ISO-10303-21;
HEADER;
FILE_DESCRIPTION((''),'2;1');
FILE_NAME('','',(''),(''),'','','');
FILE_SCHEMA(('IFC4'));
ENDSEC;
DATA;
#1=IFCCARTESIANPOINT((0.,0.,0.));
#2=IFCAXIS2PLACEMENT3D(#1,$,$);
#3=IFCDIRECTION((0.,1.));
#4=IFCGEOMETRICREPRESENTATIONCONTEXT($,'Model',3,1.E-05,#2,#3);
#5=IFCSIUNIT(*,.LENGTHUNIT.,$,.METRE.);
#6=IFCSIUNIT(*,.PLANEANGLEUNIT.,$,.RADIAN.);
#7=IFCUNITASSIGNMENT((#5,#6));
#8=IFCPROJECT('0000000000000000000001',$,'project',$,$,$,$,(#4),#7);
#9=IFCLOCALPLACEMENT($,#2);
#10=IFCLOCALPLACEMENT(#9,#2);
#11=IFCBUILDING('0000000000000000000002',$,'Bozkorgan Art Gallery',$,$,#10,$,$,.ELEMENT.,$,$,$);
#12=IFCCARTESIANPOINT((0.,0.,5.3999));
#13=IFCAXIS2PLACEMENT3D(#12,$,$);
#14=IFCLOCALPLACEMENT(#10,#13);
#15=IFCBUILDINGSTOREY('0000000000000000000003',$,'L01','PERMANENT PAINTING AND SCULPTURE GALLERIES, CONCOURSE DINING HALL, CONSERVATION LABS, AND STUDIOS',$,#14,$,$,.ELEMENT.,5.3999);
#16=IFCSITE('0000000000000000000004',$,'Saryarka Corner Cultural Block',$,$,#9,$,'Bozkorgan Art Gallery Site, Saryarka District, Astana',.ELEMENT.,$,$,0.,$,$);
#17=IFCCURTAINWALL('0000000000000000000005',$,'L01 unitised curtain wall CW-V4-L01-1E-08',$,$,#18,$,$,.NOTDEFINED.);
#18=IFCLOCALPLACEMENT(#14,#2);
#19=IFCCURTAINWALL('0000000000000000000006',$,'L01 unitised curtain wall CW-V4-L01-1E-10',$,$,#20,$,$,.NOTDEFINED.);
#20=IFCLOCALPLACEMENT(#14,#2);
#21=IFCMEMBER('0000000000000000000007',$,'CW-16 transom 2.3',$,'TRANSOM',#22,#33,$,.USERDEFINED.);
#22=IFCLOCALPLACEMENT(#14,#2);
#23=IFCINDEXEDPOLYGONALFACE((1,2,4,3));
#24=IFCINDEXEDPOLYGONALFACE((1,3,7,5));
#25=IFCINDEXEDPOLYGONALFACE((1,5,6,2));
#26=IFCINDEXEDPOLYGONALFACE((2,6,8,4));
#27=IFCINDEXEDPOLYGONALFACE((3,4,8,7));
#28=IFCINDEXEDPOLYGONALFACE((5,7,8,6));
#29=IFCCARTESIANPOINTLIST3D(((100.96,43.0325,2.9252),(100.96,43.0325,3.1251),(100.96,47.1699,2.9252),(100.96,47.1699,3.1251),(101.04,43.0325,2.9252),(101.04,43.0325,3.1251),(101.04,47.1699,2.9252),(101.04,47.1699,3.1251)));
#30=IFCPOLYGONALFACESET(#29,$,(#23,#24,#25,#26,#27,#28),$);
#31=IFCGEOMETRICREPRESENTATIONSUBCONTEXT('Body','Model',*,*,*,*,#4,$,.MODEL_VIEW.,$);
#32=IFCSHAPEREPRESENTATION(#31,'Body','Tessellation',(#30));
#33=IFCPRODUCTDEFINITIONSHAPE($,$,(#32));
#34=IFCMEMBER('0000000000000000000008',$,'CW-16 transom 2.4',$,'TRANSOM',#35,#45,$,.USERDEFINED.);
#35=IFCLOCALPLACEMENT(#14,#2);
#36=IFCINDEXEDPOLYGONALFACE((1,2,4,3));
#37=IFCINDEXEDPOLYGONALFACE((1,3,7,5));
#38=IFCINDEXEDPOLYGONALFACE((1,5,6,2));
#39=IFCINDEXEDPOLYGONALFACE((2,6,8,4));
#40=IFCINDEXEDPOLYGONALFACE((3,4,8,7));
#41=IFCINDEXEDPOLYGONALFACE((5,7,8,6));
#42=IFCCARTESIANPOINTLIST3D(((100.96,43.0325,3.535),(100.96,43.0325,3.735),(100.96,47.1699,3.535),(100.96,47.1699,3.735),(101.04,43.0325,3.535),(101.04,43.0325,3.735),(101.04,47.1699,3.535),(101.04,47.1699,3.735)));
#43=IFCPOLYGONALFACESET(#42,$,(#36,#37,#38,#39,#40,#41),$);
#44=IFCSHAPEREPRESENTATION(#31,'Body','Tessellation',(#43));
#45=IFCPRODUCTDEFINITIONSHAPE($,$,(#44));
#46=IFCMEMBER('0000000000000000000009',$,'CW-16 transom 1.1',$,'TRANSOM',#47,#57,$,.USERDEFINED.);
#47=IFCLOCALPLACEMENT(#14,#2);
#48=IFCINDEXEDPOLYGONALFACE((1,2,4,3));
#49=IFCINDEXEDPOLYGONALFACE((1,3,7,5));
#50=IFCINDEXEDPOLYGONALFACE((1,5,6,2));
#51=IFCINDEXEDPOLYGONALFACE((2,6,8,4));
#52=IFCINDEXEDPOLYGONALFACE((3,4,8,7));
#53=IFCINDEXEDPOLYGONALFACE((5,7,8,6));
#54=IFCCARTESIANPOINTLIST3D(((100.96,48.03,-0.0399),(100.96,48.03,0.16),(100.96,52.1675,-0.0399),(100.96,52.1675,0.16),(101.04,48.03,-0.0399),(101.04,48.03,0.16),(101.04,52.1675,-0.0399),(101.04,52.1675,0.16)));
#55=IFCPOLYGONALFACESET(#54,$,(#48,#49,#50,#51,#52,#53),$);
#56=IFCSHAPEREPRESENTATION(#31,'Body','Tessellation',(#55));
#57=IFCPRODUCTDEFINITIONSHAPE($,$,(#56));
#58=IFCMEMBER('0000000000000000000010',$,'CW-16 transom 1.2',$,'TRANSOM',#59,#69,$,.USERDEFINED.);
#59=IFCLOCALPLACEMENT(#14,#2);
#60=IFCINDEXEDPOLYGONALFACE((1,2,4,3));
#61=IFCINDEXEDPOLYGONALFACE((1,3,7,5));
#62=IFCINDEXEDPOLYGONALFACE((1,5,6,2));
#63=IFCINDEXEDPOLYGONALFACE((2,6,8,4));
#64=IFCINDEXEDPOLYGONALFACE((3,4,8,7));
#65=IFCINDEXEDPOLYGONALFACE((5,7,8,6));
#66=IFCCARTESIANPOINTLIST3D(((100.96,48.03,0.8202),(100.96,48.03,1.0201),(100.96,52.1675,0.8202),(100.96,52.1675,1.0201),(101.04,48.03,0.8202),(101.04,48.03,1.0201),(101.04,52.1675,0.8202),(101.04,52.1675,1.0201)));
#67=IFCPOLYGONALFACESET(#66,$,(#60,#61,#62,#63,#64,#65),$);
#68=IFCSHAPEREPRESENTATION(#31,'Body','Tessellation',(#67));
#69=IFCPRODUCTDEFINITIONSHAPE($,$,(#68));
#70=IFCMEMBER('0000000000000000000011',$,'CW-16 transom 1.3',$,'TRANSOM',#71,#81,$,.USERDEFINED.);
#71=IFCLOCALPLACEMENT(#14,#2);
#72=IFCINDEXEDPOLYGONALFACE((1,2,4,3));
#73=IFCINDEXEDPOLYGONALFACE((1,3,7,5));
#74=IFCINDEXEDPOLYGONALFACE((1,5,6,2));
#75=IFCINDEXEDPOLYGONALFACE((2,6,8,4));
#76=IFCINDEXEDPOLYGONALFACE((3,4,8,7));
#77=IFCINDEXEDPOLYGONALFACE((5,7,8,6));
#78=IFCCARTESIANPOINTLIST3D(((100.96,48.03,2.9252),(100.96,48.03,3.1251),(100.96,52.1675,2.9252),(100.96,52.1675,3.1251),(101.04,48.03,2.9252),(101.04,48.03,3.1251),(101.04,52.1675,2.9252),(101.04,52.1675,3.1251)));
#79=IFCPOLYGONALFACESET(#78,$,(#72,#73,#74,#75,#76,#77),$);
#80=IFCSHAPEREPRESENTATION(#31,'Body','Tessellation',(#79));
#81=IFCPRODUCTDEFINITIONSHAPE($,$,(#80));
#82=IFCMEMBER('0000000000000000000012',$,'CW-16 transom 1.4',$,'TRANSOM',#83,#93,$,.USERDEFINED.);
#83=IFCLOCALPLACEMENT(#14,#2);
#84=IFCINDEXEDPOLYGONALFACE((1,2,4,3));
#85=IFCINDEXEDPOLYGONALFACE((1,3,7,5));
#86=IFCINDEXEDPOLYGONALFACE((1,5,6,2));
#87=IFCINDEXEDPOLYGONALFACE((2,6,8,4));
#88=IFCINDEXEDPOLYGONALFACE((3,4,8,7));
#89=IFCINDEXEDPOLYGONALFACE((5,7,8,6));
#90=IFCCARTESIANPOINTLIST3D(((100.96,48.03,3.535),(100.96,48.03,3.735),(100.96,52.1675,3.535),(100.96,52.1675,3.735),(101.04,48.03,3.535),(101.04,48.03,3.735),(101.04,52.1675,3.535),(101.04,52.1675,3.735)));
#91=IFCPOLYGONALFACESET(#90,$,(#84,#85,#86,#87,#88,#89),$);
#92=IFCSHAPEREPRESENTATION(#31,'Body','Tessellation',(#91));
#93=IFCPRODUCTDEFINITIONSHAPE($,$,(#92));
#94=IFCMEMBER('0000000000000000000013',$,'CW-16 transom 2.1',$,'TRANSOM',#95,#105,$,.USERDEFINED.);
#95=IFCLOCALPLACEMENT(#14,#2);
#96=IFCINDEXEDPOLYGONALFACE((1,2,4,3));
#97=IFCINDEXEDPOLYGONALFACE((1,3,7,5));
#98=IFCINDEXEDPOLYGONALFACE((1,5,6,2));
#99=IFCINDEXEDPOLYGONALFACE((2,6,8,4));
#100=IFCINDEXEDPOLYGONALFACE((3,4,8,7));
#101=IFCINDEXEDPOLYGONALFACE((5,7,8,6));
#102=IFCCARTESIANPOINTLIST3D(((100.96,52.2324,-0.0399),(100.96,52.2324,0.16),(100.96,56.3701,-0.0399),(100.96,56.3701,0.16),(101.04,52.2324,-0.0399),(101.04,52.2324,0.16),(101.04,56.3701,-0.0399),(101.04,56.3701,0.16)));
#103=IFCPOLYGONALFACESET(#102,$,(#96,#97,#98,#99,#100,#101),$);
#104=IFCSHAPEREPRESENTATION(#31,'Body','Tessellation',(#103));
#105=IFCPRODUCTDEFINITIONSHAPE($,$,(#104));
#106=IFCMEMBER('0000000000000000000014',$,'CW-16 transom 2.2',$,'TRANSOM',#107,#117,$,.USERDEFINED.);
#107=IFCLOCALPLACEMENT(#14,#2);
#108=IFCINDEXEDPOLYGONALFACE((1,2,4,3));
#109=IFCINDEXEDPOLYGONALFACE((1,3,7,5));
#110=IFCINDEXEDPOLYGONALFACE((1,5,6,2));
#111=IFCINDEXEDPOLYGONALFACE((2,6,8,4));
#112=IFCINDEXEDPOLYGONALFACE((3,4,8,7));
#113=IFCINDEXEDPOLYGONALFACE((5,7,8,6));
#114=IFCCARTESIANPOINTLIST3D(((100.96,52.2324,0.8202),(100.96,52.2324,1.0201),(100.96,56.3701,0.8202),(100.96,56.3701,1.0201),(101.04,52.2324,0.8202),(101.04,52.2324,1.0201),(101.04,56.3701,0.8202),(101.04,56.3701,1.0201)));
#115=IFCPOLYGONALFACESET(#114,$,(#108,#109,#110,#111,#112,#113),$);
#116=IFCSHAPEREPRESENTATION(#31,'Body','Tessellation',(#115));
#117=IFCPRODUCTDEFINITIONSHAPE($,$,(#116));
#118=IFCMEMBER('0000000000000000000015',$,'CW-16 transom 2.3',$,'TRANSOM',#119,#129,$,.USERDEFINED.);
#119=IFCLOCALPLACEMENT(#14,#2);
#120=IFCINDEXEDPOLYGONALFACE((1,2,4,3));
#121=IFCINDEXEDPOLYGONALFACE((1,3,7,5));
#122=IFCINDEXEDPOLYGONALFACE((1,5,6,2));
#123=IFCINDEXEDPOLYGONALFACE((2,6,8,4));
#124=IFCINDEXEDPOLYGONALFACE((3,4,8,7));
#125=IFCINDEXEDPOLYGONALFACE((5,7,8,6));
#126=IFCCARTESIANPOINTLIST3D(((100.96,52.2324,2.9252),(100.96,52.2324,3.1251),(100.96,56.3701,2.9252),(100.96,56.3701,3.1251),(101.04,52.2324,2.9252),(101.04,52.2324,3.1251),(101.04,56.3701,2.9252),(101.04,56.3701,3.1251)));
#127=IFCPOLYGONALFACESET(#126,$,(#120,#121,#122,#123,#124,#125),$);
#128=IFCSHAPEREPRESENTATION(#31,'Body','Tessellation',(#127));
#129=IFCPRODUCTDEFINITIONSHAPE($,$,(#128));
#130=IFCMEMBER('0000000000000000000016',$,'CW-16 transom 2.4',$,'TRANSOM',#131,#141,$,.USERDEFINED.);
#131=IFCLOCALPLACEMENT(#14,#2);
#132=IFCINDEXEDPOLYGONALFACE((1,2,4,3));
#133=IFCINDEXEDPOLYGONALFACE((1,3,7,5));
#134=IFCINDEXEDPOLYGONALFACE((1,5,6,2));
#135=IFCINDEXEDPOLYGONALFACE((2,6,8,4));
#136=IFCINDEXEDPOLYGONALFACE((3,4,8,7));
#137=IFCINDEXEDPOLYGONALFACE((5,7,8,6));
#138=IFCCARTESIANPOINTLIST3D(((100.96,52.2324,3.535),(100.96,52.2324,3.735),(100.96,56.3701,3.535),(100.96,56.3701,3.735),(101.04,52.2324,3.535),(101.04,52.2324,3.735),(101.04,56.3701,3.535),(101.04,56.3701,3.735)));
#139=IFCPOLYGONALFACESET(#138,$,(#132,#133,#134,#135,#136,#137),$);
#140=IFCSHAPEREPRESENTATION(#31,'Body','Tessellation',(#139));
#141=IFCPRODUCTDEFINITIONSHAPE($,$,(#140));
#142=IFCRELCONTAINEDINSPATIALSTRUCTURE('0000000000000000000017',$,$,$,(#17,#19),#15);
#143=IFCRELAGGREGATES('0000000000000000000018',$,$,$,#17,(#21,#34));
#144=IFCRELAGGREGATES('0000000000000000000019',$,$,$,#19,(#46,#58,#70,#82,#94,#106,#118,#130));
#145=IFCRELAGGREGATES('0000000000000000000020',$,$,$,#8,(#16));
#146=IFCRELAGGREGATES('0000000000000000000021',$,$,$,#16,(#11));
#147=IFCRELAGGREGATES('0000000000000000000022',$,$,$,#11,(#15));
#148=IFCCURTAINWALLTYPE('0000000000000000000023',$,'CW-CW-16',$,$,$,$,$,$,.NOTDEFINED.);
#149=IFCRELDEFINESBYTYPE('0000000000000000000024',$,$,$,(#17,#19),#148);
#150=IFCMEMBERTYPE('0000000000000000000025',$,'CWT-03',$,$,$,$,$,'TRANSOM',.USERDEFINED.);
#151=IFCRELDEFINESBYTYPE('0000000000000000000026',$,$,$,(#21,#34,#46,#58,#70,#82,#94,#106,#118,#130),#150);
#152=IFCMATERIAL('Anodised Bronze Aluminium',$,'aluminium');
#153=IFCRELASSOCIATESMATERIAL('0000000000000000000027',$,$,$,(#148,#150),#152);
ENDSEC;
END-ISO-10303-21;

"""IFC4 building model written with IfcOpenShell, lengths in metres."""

from ifc_helpers import new_model, si_unit, direction, frame, origin, origin_2d, place, context, subcontext, project, spatial, rectangle, extrude, material, material_profile, profile_set, type_object, element, aggregate, save


model = new_model("IFC4")

# Units and contexts
model_context = context("Model", 3, precision=1e-05, world=origin(), true_north=direction((0.0, 1.0)))
body_context = subcontext(model_context, "Body", "Model", "MODEL_VIEW")
ifc_project = project(units=[si_unit("LENGTHUNIT", "METRE"), si_unit("PLANEANGLEUNIT", "RADIAN")], contexts=[model_context])

# Site, building, storey
site_placement = place(None, origin())
site = spatial("IfcSite", under=ifc_project, at=site_placement, Name="Saryarka Corner Cultural Block", LongName="Bozkorgan Art Gallery Site, Saryarka District, Astana", CompositionType="ELEMENT", RefElevation=0.0)
building_placement = place(site_placement, origin())
building = spatial("IfcBuilding", under=site, at=building_placement, Name="Bozkorgan Art Gallery", CompositionType="ELEMENT")
storey_placement = place(building_placement, frame((0.0, 0.0, 5.3999)))
storey = spatial("IfcBuildingStorey", under=building, at=storey_placement, Name="L01", Description="PERMANENT PAINTING AND SCULPTURE GALLERIES, CONCOURSE DINING HALL, CONSERVATION LABS, AND STUDIOS", CompositionType="ELEMENT", Elevation=5.3999)

# Curtain walls
ifc_material_1 = material(Name="Anodised Bronze Aluminium", Category="aluminium")
curtain_wall_type = type_object("IfcCurtainWallType", Name="CW-CW-16", PredefinedType="NOTDEFINED", material=ifc_material_1)
curtain_wall_1_placement = place(storey_placement, origin())
curtain_wall_1 = element("IfcCurtainWall", 1, at=curtain_wall_1_placement, inside=storey, type_object=curtain_wall_type, Name="L01 unitised curtain wall CW-V4-L01-1E-08", PredefinedType="NOTDEFINED")
curtain_wall_2_placement = place(storey_placement, origin())
curtain_wall_2 = element("IfcCurtainWall", 2, at=curtain_wall_2_placement, inside=storey, type_object=curtain_wall_type, Name="L01 unitised curtain wall CW-V4-L01-1E-10", PredefinedType="NOTDEFINED")

# Members
ifc_material_profile_1 = material_profile(ifc_material_1, rectangle(XDim=0.0801, YDim=0.2, at=origin_2d()), Name="ALU TRANSOM 80x200")
ifc_profile_set_1 = profile_set([ifc_material_profile_1], Name="Anodised Bronze Aluminium")
member_type_1 = type_object("IfcMemberType", Name="CWT-03", ElementType="TRANSOM", PredefinedType="USERDEFINED", material=ifc_profile_set_1)
member_1_placement = place(storey_placement, frame((101.0, 43.0325, 3.0251), z_axis=(0.0, 1.0, 0.0), x_axis=(-1.0, 0.0, 0.0)))
member_1 = element("IfcMember", 3, at=member_1_placement, type_object=member_type_1, Name="CW-16 transom 2.3", ObjectType="TRANSOM", PredefinedType="USERDEFINED", context=body_context, shape_type="SweptSolid", body=[
    extrude(rectangle(XDim=0.0801, YDim=0.2, at=origin_2d()), origin(), (0.0, 0.0, 1.0), 4.1375),
])
member_2_placement = place(storey_placement, frame((101.0, 43.0325, 3.635), z_axis=(0.0, 1.0, 0.0), x_axis=(-1.0, 0.0, 0.0)))
member_2 = element("IfcMember", 4, at=member_2_placement, type_object=member_type_1, Name="CW-16 transom 2.4", ObjectType="TRANSOM", PredefinedType="USERDEFINED", context=body_context, shape_type="SweptSolid", body=[
    extrude(rectangle(XDim=0.0801, YDim=0.2, at=origin_2d()), origin(), (0.0, 0.0, 1.0), 4.1375),
])
member_3_placement = place(storey_placement, frame((101.0, 48.03, 0.0601), z_axis=(0.0, 1.0, 0.0), x_axis=(-1.0, 0.0, 0.0)))
member_3 = element("IfcMember", 5, at=member_3_placement, type_object=member_type_1, Name="CW-16 transom 1.1", ObjectType="TRANSOM", PredefinedType="USERDEFINED", context=body_context, shape_type="SweptSolid", body=[
    extrude(rectangle(XDim=0.0801, YDim=0.2, at=origin_2d()), origin(), (0.0, 0.0, 1.0), 4.1375),
])
member_4_placement = place(storey_placement, frame((101.0, 48.03, 0.9202), z_axis=(0.0, 1.0, 0.0), x_axis=(-1.0, 0.0, 0.0)))
member_4 = element("IfcMember", 6, at=member_4_placement, type_object=member_type_1, Name="CW-16 transom 1.2", ObjectType="TRANSOM", PredefinedType="USERDEFINED", context=body_context, shape_type="SweptSolid", body=[
    extrude(rectangle(XDim=0.0801, YDim=0.2, at=origin_2d()), origin(), (0.0, 0.0, 1.0), 4.1375),
])
member_5_placement = place(storey_placement, frame((101.0, 48.03, 3.0251), z_axis=(0.0, 1.0, 0.0), x_axis=(-1.0, 0.0, 0.0)))
member_5 = element("IfcMember", 7, at=member_5_placement, type_object=member_type_1, Name="CW-16 transom 1.3", ObjectType="TRANSOM", PredefinedType="USERDEFINED", context=body_context, shape_type="SweptSolid", body=[
    extrude(rectangle(XDim=0.0801, YDim=0.2, at=origin_2d()), origin(), (0.0, 0.0, 1.0), 4.1375),
])
member_6_placement = place(storey_placement, frame((101.0, 48.03, 3.635), z_axis=(0.0, 1.0, 0.0), x_axis=(-1.0, 0.0, 0.0)))
member_6 = element("IfcMember", 8, at=member_6_placement, type_object=member_type_1, Name="CW-16 transom 1.4", ObjectType="TRANSOM", PredefinedType="USERDEFINED", context=body_context, shape_type="SweptSolid", body=[
    extrude(rectangle(XDim=0.0801, YDim=0.2, at=origin_2d()), origin(), (0.0, 0.0, 1.0), 4.1375),
])
member_7_placement = place(storey_placement, frame((101.0, 52.2324, 0.0601), z_axis=(0.0, 1.0, 0.0), x_axis=(-1.0, 0.0, 0.0)))
member_7 = element("IfcMember", 9, at=member_7_placement, type_object=member_type_1, Name="CW-16 transom 2.1", ObjectType="TRANSOM", PredefinedType="USERDEFINED", context=body_context, shape_type="SweptSolid", body=[
    extrude(rectangle(XDim=0.0801, YDim=0.2, at=origin_2d()), origin(), (0.0, 0.0, 1.0), 4.1377),
])
member_8_placement = place(storey_placement, frame((101.0, 52.2324, 0.9202), z_axis=(0.0, 1.0, 0.0), x_axis=(-1.0, 0.0, 0.0)))
member_8 = element("IfcMember", 10, at=member_8_placement, type_object=member_type_1, Name="CW-16 transom 2.2", ObjectType="TRANSOM", PredefinedType="USERDEFINED", context=body_context, shape_type="SweptSolid", body=[
    extrude(rectangle(XDim=0.0801, YDim=0.2, at=origin_2d()), origin(), (0.0, 0.0, 1.0), 4.1377),
])
member_9_placement = place(storey_placement, frame((101.0, 52.2324, 3.0251), z_axis=(0.0, 1.0, 0.0), x_axis=(-1.0, 0.0, 0.0)))
member_9 = element("IfcMember", 11, at=member_9_placement, type_object=member_type_1, Name="CW-16 transom 2.3", ObjectType="TRANSOM", PredefinedType="USERDEFINED", context=body_context, shape_type="SweptSolid", body=[
    extrude(rectangle(XDim=0.0801, YDim=0.2, at=origin_2d()), origin(), (0.0, 0.0, 1.0), 4.1377),
])
member_10_placement = place(storey_placement, frame((101.0, 52.2324, 3.635), z_axis=(0.0, 1.0, 0.0), x_axis=(-1.0, 0.0, 0.0)))
member_10 = element("IfcMember", 12, at=member_10_placement, type_object=member_type_1, Name="CW-16 transom 2.4", ObjectType="TRANSOM", PredefinedType="USERDEFINED", context=body_context, shape_type="SweptSolid", body=[
    extrude(rectangle(XDim=0.0801, YDim=0.2, at=origin_2d()), origin(), (0.0, 0.0, 1.0), 4.1377),
])

aggregate(curtain_wall_1, [member_1, member_2])
aggregate(curtain_wall_2, [member_3, member_4, member_5, member_6, member_7, member_8, member_9, member_10])

save(model, "model.ifc")
